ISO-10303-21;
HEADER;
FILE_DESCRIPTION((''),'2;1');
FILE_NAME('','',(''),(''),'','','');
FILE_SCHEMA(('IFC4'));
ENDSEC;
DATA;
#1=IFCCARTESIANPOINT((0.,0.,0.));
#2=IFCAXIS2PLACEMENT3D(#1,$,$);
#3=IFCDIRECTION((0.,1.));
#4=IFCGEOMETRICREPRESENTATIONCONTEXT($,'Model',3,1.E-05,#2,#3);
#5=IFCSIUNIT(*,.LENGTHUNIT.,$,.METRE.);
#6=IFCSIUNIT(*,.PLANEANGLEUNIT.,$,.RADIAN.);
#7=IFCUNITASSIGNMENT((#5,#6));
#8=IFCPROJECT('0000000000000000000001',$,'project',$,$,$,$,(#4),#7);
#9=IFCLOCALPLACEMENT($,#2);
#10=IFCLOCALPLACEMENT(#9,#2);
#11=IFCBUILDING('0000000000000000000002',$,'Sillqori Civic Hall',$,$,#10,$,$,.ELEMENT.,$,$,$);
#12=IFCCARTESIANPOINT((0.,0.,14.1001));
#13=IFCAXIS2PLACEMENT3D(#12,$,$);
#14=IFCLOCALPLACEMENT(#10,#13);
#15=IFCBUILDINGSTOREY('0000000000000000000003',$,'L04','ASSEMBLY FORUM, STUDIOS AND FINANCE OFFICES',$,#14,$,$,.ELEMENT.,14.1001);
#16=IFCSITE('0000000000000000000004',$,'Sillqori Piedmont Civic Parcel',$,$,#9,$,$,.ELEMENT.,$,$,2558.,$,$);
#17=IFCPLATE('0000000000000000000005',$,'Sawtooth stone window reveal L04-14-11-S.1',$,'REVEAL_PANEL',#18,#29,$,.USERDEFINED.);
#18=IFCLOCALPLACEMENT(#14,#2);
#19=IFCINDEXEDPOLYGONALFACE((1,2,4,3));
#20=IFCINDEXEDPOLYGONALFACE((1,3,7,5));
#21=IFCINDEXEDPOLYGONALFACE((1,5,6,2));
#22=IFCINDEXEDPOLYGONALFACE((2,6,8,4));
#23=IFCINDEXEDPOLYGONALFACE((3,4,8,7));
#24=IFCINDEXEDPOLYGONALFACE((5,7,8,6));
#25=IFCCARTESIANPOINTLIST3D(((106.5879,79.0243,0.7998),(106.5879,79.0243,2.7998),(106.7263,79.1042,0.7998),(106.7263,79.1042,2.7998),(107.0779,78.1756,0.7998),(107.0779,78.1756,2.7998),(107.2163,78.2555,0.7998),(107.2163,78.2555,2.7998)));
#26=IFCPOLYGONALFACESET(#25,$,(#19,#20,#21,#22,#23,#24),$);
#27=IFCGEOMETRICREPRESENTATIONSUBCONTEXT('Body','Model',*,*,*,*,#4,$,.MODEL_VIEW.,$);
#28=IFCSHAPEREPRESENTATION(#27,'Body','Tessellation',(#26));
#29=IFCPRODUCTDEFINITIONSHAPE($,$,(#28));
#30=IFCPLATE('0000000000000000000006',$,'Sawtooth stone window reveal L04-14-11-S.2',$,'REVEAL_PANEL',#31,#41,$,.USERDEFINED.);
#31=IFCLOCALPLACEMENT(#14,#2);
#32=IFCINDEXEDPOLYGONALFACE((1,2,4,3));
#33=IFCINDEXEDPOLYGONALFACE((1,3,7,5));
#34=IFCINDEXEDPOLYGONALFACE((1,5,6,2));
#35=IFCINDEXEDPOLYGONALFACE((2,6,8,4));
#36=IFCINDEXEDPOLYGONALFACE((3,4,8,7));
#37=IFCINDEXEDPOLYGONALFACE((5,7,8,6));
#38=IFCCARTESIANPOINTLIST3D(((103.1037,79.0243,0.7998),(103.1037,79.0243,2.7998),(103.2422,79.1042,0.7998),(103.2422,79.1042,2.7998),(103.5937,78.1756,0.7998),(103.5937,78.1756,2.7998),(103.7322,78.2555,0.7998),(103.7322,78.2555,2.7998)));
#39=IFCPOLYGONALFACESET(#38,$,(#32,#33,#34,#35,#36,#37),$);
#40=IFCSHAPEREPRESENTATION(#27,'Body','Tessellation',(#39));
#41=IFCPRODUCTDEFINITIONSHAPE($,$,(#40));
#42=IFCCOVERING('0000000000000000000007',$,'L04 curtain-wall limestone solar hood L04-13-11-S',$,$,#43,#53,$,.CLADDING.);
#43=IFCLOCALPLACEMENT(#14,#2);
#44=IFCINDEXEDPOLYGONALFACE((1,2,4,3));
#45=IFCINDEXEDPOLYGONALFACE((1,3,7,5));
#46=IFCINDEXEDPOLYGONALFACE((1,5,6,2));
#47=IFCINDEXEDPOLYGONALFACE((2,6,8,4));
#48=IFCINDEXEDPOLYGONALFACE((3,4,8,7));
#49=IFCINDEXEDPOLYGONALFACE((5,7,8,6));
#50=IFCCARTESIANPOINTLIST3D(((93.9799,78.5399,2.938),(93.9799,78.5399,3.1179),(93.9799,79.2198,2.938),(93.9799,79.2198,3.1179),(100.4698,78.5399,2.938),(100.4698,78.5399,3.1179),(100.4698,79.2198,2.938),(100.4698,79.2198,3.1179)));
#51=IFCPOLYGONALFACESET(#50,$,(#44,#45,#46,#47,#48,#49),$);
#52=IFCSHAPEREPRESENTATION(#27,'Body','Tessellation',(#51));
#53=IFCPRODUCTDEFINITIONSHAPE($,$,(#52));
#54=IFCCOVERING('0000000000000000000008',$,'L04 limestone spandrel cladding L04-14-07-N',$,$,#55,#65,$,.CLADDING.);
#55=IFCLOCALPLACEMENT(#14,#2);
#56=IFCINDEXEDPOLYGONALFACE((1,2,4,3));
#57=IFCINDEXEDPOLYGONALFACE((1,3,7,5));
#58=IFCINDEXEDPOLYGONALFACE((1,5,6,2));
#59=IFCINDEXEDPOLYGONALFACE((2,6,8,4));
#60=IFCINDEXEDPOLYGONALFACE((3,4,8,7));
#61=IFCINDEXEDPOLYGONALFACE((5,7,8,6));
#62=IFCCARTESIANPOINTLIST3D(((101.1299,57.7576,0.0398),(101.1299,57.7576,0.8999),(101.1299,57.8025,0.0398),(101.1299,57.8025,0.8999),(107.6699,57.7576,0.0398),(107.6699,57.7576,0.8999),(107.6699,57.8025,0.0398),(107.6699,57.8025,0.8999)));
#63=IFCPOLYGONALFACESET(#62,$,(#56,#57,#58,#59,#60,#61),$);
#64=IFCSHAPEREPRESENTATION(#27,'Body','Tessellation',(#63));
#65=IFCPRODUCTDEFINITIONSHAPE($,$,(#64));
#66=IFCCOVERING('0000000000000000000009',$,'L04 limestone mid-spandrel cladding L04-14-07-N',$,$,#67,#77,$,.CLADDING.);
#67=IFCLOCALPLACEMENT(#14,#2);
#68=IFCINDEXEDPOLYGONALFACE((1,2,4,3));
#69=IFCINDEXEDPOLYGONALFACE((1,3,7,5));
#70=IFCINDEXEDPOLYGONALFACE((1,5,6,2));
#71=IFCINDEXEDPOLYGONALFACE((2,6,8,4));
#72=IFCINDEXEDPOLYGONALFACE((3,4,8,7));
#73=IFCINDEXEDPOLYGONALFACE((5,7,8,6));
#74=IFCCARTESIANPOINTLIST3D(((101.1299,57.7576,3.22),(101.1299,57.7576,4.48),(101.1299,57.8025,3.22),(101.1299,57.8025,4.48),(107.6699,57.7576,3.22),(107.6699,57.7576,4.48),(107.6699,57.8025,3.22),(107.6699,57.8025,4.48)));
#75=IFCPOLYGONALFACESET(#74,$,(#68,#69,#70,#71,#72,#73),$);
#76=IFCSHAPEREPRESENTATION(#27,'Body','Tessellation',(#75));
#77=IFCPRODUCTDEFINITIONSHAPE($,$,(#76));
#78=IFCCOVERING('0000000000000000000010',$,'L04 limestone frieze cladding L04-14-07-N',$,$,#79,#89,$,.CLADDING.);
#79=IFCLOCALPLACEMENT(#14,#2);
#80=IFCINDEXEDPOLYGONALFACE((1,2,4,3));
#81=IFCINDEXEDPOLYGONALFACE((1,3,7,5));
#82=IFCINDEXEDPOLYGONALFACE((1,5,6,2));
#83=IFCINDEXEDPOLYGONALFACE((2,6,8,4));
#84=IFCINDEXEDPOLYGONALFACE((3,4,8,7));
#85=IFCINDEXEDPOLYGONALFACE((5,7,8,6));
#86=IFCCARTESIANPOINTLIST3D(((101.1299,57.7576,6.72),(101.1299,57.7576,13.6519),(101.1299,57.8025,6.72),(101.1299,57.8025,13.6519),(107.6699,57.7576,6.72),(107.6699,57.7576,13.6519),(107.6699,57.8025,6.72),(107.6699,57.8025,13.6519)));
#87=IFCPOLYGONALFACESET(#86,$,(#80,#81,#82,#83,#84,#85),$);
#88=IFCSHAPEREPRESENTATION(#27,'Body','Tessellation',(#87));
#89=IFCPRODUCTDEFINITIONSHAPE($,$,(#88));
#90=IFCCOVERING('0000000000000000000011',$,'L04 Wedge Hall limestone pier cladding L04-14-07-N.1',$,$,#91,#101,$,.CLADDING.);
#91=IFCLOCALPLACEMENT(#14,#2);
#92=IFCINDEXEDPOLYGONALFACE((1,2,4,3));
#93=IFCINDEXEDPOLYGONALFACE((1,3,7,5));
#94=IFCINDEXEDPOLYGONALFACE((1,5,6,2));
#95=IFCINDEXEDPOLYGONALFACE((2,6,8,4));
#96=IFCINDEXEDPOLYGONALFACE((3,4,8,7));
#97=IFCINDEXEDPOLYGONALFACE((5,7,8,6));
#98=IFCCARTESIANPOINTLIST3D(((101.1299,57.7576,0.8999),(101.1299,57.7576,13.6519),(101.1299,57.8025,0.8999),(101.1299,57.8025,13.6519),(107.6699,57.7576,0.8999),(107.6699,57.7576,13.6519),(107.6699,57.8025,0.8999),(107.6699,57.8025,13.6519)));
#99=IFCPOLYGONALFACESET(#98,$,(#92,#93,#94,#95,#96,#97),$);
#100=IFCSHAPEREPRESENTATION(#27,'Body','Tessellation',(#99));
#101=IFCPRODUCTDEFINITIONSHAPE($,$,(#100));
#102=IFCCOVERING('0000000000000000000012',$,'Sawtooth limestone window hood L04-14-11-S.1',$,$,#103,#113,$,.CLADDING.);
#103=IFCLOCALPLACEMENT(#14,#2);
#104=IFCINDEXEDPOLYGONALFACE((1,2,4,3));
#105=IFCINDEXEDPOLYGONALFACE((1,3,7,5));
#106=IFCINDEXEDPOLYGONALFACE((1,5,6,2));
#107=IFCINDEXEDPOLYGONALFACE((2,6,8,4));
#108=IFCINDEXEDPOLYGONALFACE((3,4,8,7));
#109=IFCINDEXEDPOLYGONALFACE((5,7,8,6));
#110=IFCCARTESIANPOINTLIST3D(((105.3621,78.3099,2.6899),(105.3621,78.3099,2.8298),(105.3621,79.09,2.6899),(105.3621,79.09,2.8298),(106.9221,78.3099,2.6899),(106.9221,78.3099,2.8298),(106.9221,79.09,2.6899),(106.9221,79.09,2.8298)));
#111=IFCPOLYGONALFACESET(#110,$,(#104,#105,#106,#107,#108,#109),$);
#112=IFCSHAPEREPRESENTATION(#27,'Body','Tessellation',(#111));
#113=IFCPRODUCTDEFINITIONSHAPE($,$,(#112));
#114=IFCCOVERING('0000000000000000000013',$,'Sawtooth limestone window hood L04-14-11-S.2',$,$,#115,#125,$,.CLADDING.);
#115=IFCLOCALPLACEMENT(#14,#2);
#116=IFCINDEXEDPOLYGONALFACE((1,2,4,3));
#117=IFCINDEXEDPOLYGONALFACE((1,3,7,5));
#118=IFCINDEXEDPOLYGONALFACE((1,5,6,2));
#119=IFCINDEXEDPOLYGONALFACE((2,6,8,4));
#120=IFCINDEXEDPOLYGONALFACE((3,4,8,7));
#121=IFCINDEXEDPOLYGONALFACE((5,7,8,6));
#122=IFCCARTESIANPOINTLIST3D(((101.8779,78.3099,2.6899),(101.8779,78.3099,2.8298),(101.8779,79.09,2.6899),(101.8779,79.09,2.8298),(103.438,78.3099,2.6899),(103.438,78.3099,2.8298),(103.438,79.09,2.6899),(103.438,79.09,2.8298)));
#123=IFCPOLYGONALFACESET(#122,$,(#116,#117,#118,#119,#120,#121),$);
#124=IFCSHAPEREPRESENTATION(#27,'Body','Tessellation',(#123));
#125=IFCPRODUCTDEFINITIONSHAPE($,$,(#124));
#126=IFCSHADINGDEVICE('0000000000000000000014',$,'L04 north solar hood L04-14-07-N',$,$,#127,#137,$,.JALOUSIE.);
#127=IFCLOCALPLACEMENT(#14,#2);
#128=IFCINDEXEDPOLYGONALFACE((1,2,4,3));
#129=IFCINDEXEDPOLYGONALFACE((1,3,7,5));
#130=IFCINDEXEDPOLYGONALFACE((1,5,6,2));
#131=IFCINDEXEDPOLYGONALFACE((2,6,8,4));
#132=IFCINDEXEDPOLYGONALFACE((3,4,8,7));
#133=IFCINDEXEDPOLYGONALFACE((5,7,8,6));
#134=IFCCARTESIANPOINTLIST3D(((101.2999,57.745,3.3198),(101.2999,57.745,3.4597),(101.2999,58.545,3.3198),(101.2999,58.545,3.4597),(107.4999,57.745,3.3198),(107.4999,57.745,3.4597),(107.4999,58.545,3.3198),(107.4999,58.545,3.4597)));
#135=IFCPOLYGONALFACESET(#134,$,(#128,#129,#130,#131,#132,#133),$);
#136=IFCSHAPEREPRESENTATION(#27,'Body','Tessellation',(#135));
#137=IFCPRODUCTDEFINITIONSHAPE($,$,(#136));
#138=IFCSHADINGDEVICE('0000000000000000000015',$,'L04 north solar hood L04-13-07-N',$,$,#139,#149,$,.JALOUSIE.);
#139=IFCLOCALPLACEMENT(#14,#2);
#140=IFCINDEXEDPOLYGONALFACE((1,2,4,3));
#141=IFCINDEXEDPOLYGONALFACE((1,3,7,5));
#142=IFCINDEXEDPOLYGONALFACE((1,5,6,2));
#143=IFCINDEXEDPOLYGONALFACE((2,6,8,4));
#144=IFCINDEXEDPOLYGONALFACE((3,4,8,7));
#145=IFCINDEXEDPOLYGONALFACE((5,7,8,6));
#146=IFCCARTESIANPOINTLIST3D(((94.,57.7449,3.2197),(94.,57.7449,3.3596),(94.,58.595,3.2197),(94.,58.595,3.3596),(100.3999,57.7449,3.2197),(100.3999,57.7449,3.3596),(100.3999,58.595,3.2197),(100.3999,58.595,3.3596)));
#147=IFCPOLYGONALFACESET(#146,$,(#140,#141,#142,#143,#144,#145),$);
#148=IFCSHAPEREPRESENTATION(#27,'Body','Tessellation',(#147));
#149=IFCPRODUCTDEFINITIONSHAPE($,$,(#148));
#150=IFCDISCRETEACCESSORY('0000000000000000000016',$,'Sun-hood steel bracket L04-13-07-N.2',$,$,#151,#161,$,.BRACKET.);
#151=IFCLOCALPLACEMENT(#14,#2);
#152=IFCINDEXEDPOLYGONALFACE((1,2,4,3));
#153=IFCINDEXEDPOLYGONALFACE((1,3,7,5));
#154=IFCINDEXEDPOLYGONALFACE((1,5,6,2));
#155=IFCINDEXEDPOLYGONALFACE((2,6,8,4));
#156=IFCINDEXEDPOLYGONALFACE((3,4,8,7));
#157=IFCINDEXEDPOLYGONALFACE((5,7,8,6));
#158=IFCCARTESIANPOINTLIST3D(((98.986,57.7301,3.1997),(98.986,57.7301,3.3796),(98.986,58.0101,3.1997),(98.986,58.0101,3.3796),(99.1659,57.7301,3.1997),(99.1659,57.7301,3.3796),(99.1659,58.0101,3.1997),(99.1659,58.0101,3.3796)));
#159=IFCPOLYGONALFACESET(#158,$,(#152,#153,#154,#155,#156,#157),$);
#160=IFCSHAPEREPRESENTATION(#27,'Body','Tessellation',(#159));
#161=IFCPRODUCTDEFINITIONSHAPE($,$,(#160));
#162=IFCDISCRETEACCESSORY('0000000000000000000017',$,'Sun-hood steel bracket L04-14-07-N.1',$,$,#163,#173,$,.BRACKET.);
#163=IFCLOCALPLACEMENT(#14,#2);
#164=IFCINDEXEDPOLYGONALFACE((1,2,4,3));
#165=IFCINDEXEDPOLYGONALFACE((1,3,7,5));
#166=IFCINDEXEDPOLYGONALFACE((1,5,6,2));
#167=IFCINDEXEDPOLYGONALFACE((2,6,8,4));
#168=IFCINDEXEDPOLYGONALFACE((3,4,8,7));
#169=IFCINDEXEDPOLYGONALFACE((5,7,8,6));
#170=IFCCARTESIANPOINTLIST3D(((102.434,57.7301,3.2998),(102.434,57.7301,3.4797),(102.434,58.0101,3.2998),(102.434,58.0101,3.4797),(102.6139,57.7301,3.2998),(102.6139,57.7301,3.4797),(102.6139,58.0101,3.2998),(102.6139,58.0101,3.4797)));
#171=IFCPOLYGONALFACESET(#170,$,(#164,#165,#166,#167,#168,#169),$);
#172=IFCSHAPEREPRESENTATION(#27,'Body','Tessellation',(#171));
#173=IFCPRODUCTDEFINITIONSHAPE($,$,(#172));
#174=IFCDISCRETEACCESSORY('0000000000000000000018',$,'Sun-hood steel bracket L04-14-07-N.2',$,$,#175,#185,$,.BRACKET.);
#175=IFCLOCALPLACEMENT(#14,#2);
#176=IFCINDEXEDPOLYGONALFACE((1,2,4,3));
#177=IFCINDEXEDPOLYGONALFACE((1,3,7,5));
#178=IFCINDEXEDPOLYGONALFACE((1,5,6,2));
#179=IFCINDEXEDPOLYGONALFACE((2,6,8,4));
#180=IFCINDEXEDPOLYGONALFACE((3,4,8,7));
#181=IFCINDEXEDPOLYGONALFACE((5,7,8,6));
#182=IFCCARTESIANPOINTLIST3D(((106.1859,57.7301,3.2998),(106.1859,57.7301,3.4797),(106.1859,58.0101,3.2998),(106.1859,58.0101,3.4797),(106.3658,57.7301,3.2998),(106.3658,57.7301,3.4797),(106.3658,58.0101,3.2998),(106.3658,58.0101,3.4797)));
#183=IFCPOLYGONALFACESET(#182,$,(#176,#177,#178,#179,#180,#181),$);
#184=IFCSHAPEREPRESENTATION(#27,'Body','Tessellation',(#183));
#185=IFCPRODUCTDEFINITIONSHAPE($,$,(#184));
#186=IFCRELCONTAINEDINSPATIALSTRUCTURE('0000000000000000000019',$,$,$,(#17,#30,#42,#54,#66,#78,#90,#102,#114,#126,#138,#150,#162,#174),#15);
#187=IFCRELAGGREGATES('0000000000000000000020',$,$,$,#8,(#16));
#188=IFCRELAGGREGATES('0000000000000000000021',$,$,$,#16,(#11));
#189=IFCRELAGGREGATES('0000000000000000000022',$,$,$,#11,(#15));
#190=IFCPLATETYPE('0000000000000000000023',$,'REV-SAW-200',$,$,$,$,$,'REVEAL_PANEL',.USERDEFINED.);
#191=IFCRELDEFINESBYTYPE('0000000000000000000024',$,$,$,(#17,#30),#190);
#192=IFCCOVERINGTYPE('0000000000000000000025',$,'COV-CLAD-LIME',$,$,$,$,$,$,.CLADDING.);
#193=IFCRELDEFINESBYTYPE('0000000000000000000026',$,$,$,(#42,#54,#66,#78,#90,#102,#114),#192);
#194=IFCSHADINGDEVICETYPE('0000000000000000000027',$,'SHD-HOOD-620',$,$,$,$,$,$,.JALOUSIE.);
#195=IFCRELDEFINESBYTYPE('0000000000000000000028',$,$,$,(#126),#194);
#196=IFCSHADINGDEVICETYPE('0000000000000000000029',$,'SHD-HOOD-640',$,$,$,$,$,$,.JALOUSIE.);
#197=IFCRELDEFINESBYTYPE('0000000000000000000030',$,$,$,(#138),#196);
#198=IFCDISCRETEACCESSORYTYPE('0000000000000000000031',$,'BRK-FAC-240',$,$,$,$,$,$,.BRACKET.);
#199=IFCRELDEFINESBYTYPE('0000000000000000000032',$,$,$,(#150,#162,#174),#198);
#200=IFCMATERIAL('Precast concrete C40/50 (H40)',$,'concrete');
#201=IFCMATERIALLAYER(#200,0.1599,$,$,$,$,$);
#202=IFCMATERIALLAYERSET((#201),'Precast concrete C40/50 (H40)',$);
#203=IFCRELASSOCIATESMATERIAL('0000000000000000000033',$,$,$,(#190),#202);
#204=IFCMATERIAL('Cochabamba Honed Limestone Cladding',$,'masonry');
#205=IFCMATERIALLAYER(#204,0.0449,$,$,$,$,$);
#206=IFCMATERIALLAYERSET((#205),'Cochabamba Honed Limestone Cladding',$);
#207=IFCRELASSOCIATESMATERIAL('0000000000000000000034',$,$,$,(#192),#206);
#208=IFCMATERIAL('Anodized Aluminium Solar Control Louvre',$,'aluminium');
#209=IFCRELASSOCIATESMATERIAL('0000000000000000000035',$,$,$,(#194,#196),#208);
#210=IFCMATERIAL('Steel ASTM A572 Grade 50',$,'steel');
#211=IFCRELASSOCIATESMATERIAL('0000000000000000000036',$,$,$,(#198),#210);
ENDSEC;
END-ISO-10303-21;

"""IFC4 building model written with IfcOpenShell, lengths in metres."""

from ifc_helpers import new_model, si_unit, direction, frame, frame_2d, origin, origin_2d, place, context, subcontext, project, spatial, rectangle, extrude, material, layer, layer_set, type_object, element, save


model = new_model("IFC4")

# Units and contexts
model_context = context("Model", 3, precision=1e-05, world=origin(), true_north=direction((0.0, 1.0)))
body_context = subcontext(model_context, "Body", "Model", "MODEL_VIEW")
ifc_project = project(units=[si_unit("LENGTHUNIT", "METRE"), si_unit("PLANEANGLEUNIT", "RADIAN")], contexts=[model_context])

# Site, building, storey
site_placement = place(None, origin())
site = spatial("IfcSite", under=ifc_project, at=site_placement, Name="Sillqori Piedmont Civic Parcel", CompositionType="ELEMENT", RefElevation=2558.0)
building_placement = place(site_placement, origin())
building = spatial("IfcBuilding", under=site, at=building_placement, Name="Sillqori Civic Hall", CompositionType="ELEMENT")
storey_placement = place(building_placement, frame((0.0, 0.0, 14.1001)))
storey = spatial("IfcBuildingStorey", under=building, at=storey_placement, Name="L04", Description="ASSEMBLY FORUM, STUDIOS AND FINANCE OFFICES", CompositionType="ELEMENT", Elevation=14.1001)

# Plates
ifc_material_1 = material(Name="Precast concrete C40/50 (H40)", Category="concrete")
ifc_layer_1 = layer(ifc_material_1, 0.1599)
ifc_layer_set_1 = layer_set([ifc_layer_1], Name="Precast concrete C40/50 (H40)")
plate_type = type_object("IfcPlateType", Name="REV-SAW-200", ElementType="REVEAL_PANEL", PredefinedType="USERDEFINED", material=ifc_layer_set_1)
for number, where, z_axis, x_axis, name in (
    (1, (106.9021, 78.6399, 0.7998), (0.0, 0.0, 1.0), (-0.866025, -0.5, 0.0), "Sawtooth stone window reveal L04-14-11-S.1"),
    (2, (103.418, 78.6399, 0.7998), (0.0, 0.0, 1.0), (-0.866025, -0.5, 0.0), "Sawtooth stone window reveal L04-14-11-S.2"),
):
    element("IfcPlate", number, at=place(storey_placement, frame(where, z_axis=z_axis, x_axis=x_axis)), inside=storey, type_object=plate_type, Name=name, ObjectType="REVEAL_PANEL", PredefinedType="USERDEFINED", context=body_context, shape_type="SweptSolid", body=[
        extrude(rectangle(XDim=0.1599, YDim=0.98, at=origin_2d()), origin(), (0.0, 0.0, 1.0), 2.0),
    ])

# Coverings
ifc_material_2 = material(Name="Cochabamba Honed Limestone Cladding", Category="masonry")
ifc_layer_2 = layer(ifc_material_2, 0.0449)
ifc_layer_set_2 = layer_set([ifc_layer_2], Name="Cochabamba Honed Limestone Cladding")
covering_type = type_object("IfcCoveringType", Name="COV-CLAD-LIME", PredefinedType="CLADDING", material=ifc_layer_set_2)
covering_1_placement = place(storey_placement, frame((100.47, 78.8799, 2.938), z_axis=(0.0, 0.0, 1.0), x_axis=(-1.0, 0.0, 0.0)))
element("IfcCovering", 3, at=covering_1_placement, inside=storey, type_object=covering_type, Name="L04 curtain-wall limestone solar hood L04-13-11-S", PredefinedType="CLADDING", context=body_context, shape_type="SweptSolid", body=[
    extrude(rectangle(XDim=6.49, YDim=0.6799, at=frame_2d((3.2451, 0.0))), origin(), (0.0, 0.0, 1.0), 0.1799),
])
covering_2_placement = place(storey_placement, frame((101.1299, 57.78, 0.0398), z_axis=(0.0, 0.0, 1.0), x_axis=(1.0, 0.0, 0.0)))
element("IfcCovering", 4, at=covering_2_placement, inside=storey, type_object=covering_type, Name="L04 limestone spandrel cladding L04-14-07-N", PredefinedType="CLADDING", context=body_context, shape_type="SweptSolid", body=[
    extrude(rectangle(XDim=6.54, YDim=0.0449, at=frame_2d((3.27, 0.0))), origin(), (0.0, 0.0, 1.0), 0.8601),
])
covering_3_placement = place(storey_placement, frame((101.1299, 57.78, 3.22), z_axis=(0.0, 0.0, 1.0), x_axis=(1.0, 0.0, 0.0)))
element("IfcCovering", 5, at=covering_3_placement, inside=storey, type_object=covering_type, Name="L04 limestone mid-spandrel cladding L04-14-07-N", PredefinedType="CLADDING", context=body_context, shape_type="SweptSolid", body=[
    extrude(rectangle(XDim=6.54, YDim=0.0449, at=frame_2d((3.27, 0.0))), origin(), (0.0, 0.0, 1.0), 1.26),
])
covering_4_placement = place(storey_placement, frame((101.1299, 57.78, 6.72), z_axis=(0.0, 0.0, 1.0), x_axis=(1.0, 0.0, 0.0)))
element("IfcCovering", 6, at=covering_4_placement, inside=storey, type_object=covering_type, Name="L04 limestone frieze cladding L04-14-07-N", PredefinedType="CLADDING", context=body_context, shape_type="SweptSolid", body=[
    extrude(rectangle(XDim=6.54, YDim=0.0449, at=frame_2d((3.27, 0.0))), origin(), (0.0, 0.0, 1.0), 6.9319),
])
covering_5_placement = place(storey_placement, frame((101.1299, 57.78, 0.8999), z_axis=(0.0, 0.0, 1.0), x_axis=(1.0, 0.0, 0.0)))
element("IfcCovering", 7, at=covering_5_placement, inside=storey, type_object=covering_type, Name="L04 Wedge Hall limestone pier cladding L04-14-07-N.1", PredefinedType="CLADDING", context=body_context, shape_type="SweptSolid", body=[
    extrude(rectangle(XDim=6.54, YDim=0.0449, at=frame_2d((3.27, 0.0))), origin(), (0.0, 0.0, 1.0), 12.752),
])
for number, where, z_axis, x_axis, name in (
    (8, (106.9221, 78.7, 2.6899), (0.0, 0.0, 1.0), (-1.0, 0.0, 0.0), "Sawtooth limestone window hood L04-14-11-S.1"),
    (9, (103.438, 78.7, 2.6899), (0.0, 0.0, 1.0), (-1.0, 0.0, 0.0), "Sawtooth limestone window hood L04-14-11-S.2"),
):
    element("IfcCovering", number, at=place(storey_placement, frame(where, z_axis=z_axis, x_axis=x_axis)), inside=storey, type_object=covering_type, Name=name, PredefinedType="CLADDING", context=body_context, shape_type="SweptSolid", body=[
        extrude(rectangle(XDim=1.5601, YDim=0.78, at=frame_2d((0.78, 0.0))), origin(), (0.0, 0.0, 1.0), 0.1399),
    ])

# Shading devices
ifc_material_3 = material(Name="Anodized Aluminium Solar Control Louvre", Category="aluminium")
shading_device_type_1 = type_object("IfcShadingDeviceType", Name="SHD-HOOD-620", PredefinedType="JALOUSIE", material=ifc_material_3)
shading_device_1_placement = place(storey_placement, frame((104.3999, 58.145, 3.3198), z_axis=(0.0, 0.0, 1.0), x_axis=(1.0, 0.0, 0.0)))
element("IfcShadingDevice", 10, at=shading_device_1_placement, inside=storey, type_object=shading_device_type_1, Name="L04 north solar hood L04-14-07-N", PredefinedType="JALOUSIE", context=body_context, shape_type="SweptSolid", body=[
    extrude(rectangle(XDim=6.2, YDim=0.8, at=origin_2d()), origin(), (0.0, 0.0, 1.0), 0.1399),
])
shading_device_type_2 = type_object("IfcShadingDeviceType", Name="SHD-HOOD-640", PredefinedType="JALOUSIE", material=ifc_material_3)
shading_device_2_placement = place(storey_placement, frame((97.2, 58.1699, 3.2197), z_axis=(0.0, 0.0, 1.0), x_axis=(1.0, 0.0, 0.0)))
element("IfcShadingDevice", 11, at=shading_device_2_placement, inside=storey, type_object=shading_device_type_2, Name="L04 north solar hood L04-13-07-N", PredefinedType="JALOUSIE", context=body_context, shape_type="SweptSolid", body=[
    extrude(rectangle(XDim=6.3999, YDim=0.8501, at=origin_2d()), origin(), (0.0, 0.0, 1.0), 0.1399),
])

# Discrete accessories
ifc_material_4 = material(Name="Steel ASTM A572 Grade 50", Category="steel")
discrete_accessory_type = type_object("IfcDiscreteAccessoryType", Name="BRK-FAC-240", PredefinedType="BRACKET", material=ifc_material_4)
for number, where, z_axis, x_axis, name in (
    (12, (99.0759, 57.8701, 3.1997), (0.0, 0.0, 1.0), (1.0, 0.0, 0.0), "Sun-hood steel bracket L04-13-07-N.2"),
    (13, (102.5239, 57.8701, 3.2998), (0.0, 0.0, 1.0), (1.0, 0.0, 0.0), "Sun-hood steel bracket L04-14-07-N.1"),
    (14, (106.2759, 57.8701, 3.2998), (0.0, 0.0, 1.0), (1.0, 0.0, 0.0), "Sun-hood steel bracket L04-14-07-N.2"),
):
    element("IfcDiscreteAccessory", number, at=place(storey_placement, frame(where, z_axis=z_axis, x_axis=x_axis)), inside=storey, type_object=discrete_accessory_type, Name=name, PredefinedType="BRACKET", context=body_context, shape_type="SweptSolid", body=[
        extrude(rectangle(XDim=0.1799, YDim=0.28, at=origin_2d()), origin(), (0.0, 0.0, 1.0), 0.1799),
    ])

save(model, "model.ifc")
